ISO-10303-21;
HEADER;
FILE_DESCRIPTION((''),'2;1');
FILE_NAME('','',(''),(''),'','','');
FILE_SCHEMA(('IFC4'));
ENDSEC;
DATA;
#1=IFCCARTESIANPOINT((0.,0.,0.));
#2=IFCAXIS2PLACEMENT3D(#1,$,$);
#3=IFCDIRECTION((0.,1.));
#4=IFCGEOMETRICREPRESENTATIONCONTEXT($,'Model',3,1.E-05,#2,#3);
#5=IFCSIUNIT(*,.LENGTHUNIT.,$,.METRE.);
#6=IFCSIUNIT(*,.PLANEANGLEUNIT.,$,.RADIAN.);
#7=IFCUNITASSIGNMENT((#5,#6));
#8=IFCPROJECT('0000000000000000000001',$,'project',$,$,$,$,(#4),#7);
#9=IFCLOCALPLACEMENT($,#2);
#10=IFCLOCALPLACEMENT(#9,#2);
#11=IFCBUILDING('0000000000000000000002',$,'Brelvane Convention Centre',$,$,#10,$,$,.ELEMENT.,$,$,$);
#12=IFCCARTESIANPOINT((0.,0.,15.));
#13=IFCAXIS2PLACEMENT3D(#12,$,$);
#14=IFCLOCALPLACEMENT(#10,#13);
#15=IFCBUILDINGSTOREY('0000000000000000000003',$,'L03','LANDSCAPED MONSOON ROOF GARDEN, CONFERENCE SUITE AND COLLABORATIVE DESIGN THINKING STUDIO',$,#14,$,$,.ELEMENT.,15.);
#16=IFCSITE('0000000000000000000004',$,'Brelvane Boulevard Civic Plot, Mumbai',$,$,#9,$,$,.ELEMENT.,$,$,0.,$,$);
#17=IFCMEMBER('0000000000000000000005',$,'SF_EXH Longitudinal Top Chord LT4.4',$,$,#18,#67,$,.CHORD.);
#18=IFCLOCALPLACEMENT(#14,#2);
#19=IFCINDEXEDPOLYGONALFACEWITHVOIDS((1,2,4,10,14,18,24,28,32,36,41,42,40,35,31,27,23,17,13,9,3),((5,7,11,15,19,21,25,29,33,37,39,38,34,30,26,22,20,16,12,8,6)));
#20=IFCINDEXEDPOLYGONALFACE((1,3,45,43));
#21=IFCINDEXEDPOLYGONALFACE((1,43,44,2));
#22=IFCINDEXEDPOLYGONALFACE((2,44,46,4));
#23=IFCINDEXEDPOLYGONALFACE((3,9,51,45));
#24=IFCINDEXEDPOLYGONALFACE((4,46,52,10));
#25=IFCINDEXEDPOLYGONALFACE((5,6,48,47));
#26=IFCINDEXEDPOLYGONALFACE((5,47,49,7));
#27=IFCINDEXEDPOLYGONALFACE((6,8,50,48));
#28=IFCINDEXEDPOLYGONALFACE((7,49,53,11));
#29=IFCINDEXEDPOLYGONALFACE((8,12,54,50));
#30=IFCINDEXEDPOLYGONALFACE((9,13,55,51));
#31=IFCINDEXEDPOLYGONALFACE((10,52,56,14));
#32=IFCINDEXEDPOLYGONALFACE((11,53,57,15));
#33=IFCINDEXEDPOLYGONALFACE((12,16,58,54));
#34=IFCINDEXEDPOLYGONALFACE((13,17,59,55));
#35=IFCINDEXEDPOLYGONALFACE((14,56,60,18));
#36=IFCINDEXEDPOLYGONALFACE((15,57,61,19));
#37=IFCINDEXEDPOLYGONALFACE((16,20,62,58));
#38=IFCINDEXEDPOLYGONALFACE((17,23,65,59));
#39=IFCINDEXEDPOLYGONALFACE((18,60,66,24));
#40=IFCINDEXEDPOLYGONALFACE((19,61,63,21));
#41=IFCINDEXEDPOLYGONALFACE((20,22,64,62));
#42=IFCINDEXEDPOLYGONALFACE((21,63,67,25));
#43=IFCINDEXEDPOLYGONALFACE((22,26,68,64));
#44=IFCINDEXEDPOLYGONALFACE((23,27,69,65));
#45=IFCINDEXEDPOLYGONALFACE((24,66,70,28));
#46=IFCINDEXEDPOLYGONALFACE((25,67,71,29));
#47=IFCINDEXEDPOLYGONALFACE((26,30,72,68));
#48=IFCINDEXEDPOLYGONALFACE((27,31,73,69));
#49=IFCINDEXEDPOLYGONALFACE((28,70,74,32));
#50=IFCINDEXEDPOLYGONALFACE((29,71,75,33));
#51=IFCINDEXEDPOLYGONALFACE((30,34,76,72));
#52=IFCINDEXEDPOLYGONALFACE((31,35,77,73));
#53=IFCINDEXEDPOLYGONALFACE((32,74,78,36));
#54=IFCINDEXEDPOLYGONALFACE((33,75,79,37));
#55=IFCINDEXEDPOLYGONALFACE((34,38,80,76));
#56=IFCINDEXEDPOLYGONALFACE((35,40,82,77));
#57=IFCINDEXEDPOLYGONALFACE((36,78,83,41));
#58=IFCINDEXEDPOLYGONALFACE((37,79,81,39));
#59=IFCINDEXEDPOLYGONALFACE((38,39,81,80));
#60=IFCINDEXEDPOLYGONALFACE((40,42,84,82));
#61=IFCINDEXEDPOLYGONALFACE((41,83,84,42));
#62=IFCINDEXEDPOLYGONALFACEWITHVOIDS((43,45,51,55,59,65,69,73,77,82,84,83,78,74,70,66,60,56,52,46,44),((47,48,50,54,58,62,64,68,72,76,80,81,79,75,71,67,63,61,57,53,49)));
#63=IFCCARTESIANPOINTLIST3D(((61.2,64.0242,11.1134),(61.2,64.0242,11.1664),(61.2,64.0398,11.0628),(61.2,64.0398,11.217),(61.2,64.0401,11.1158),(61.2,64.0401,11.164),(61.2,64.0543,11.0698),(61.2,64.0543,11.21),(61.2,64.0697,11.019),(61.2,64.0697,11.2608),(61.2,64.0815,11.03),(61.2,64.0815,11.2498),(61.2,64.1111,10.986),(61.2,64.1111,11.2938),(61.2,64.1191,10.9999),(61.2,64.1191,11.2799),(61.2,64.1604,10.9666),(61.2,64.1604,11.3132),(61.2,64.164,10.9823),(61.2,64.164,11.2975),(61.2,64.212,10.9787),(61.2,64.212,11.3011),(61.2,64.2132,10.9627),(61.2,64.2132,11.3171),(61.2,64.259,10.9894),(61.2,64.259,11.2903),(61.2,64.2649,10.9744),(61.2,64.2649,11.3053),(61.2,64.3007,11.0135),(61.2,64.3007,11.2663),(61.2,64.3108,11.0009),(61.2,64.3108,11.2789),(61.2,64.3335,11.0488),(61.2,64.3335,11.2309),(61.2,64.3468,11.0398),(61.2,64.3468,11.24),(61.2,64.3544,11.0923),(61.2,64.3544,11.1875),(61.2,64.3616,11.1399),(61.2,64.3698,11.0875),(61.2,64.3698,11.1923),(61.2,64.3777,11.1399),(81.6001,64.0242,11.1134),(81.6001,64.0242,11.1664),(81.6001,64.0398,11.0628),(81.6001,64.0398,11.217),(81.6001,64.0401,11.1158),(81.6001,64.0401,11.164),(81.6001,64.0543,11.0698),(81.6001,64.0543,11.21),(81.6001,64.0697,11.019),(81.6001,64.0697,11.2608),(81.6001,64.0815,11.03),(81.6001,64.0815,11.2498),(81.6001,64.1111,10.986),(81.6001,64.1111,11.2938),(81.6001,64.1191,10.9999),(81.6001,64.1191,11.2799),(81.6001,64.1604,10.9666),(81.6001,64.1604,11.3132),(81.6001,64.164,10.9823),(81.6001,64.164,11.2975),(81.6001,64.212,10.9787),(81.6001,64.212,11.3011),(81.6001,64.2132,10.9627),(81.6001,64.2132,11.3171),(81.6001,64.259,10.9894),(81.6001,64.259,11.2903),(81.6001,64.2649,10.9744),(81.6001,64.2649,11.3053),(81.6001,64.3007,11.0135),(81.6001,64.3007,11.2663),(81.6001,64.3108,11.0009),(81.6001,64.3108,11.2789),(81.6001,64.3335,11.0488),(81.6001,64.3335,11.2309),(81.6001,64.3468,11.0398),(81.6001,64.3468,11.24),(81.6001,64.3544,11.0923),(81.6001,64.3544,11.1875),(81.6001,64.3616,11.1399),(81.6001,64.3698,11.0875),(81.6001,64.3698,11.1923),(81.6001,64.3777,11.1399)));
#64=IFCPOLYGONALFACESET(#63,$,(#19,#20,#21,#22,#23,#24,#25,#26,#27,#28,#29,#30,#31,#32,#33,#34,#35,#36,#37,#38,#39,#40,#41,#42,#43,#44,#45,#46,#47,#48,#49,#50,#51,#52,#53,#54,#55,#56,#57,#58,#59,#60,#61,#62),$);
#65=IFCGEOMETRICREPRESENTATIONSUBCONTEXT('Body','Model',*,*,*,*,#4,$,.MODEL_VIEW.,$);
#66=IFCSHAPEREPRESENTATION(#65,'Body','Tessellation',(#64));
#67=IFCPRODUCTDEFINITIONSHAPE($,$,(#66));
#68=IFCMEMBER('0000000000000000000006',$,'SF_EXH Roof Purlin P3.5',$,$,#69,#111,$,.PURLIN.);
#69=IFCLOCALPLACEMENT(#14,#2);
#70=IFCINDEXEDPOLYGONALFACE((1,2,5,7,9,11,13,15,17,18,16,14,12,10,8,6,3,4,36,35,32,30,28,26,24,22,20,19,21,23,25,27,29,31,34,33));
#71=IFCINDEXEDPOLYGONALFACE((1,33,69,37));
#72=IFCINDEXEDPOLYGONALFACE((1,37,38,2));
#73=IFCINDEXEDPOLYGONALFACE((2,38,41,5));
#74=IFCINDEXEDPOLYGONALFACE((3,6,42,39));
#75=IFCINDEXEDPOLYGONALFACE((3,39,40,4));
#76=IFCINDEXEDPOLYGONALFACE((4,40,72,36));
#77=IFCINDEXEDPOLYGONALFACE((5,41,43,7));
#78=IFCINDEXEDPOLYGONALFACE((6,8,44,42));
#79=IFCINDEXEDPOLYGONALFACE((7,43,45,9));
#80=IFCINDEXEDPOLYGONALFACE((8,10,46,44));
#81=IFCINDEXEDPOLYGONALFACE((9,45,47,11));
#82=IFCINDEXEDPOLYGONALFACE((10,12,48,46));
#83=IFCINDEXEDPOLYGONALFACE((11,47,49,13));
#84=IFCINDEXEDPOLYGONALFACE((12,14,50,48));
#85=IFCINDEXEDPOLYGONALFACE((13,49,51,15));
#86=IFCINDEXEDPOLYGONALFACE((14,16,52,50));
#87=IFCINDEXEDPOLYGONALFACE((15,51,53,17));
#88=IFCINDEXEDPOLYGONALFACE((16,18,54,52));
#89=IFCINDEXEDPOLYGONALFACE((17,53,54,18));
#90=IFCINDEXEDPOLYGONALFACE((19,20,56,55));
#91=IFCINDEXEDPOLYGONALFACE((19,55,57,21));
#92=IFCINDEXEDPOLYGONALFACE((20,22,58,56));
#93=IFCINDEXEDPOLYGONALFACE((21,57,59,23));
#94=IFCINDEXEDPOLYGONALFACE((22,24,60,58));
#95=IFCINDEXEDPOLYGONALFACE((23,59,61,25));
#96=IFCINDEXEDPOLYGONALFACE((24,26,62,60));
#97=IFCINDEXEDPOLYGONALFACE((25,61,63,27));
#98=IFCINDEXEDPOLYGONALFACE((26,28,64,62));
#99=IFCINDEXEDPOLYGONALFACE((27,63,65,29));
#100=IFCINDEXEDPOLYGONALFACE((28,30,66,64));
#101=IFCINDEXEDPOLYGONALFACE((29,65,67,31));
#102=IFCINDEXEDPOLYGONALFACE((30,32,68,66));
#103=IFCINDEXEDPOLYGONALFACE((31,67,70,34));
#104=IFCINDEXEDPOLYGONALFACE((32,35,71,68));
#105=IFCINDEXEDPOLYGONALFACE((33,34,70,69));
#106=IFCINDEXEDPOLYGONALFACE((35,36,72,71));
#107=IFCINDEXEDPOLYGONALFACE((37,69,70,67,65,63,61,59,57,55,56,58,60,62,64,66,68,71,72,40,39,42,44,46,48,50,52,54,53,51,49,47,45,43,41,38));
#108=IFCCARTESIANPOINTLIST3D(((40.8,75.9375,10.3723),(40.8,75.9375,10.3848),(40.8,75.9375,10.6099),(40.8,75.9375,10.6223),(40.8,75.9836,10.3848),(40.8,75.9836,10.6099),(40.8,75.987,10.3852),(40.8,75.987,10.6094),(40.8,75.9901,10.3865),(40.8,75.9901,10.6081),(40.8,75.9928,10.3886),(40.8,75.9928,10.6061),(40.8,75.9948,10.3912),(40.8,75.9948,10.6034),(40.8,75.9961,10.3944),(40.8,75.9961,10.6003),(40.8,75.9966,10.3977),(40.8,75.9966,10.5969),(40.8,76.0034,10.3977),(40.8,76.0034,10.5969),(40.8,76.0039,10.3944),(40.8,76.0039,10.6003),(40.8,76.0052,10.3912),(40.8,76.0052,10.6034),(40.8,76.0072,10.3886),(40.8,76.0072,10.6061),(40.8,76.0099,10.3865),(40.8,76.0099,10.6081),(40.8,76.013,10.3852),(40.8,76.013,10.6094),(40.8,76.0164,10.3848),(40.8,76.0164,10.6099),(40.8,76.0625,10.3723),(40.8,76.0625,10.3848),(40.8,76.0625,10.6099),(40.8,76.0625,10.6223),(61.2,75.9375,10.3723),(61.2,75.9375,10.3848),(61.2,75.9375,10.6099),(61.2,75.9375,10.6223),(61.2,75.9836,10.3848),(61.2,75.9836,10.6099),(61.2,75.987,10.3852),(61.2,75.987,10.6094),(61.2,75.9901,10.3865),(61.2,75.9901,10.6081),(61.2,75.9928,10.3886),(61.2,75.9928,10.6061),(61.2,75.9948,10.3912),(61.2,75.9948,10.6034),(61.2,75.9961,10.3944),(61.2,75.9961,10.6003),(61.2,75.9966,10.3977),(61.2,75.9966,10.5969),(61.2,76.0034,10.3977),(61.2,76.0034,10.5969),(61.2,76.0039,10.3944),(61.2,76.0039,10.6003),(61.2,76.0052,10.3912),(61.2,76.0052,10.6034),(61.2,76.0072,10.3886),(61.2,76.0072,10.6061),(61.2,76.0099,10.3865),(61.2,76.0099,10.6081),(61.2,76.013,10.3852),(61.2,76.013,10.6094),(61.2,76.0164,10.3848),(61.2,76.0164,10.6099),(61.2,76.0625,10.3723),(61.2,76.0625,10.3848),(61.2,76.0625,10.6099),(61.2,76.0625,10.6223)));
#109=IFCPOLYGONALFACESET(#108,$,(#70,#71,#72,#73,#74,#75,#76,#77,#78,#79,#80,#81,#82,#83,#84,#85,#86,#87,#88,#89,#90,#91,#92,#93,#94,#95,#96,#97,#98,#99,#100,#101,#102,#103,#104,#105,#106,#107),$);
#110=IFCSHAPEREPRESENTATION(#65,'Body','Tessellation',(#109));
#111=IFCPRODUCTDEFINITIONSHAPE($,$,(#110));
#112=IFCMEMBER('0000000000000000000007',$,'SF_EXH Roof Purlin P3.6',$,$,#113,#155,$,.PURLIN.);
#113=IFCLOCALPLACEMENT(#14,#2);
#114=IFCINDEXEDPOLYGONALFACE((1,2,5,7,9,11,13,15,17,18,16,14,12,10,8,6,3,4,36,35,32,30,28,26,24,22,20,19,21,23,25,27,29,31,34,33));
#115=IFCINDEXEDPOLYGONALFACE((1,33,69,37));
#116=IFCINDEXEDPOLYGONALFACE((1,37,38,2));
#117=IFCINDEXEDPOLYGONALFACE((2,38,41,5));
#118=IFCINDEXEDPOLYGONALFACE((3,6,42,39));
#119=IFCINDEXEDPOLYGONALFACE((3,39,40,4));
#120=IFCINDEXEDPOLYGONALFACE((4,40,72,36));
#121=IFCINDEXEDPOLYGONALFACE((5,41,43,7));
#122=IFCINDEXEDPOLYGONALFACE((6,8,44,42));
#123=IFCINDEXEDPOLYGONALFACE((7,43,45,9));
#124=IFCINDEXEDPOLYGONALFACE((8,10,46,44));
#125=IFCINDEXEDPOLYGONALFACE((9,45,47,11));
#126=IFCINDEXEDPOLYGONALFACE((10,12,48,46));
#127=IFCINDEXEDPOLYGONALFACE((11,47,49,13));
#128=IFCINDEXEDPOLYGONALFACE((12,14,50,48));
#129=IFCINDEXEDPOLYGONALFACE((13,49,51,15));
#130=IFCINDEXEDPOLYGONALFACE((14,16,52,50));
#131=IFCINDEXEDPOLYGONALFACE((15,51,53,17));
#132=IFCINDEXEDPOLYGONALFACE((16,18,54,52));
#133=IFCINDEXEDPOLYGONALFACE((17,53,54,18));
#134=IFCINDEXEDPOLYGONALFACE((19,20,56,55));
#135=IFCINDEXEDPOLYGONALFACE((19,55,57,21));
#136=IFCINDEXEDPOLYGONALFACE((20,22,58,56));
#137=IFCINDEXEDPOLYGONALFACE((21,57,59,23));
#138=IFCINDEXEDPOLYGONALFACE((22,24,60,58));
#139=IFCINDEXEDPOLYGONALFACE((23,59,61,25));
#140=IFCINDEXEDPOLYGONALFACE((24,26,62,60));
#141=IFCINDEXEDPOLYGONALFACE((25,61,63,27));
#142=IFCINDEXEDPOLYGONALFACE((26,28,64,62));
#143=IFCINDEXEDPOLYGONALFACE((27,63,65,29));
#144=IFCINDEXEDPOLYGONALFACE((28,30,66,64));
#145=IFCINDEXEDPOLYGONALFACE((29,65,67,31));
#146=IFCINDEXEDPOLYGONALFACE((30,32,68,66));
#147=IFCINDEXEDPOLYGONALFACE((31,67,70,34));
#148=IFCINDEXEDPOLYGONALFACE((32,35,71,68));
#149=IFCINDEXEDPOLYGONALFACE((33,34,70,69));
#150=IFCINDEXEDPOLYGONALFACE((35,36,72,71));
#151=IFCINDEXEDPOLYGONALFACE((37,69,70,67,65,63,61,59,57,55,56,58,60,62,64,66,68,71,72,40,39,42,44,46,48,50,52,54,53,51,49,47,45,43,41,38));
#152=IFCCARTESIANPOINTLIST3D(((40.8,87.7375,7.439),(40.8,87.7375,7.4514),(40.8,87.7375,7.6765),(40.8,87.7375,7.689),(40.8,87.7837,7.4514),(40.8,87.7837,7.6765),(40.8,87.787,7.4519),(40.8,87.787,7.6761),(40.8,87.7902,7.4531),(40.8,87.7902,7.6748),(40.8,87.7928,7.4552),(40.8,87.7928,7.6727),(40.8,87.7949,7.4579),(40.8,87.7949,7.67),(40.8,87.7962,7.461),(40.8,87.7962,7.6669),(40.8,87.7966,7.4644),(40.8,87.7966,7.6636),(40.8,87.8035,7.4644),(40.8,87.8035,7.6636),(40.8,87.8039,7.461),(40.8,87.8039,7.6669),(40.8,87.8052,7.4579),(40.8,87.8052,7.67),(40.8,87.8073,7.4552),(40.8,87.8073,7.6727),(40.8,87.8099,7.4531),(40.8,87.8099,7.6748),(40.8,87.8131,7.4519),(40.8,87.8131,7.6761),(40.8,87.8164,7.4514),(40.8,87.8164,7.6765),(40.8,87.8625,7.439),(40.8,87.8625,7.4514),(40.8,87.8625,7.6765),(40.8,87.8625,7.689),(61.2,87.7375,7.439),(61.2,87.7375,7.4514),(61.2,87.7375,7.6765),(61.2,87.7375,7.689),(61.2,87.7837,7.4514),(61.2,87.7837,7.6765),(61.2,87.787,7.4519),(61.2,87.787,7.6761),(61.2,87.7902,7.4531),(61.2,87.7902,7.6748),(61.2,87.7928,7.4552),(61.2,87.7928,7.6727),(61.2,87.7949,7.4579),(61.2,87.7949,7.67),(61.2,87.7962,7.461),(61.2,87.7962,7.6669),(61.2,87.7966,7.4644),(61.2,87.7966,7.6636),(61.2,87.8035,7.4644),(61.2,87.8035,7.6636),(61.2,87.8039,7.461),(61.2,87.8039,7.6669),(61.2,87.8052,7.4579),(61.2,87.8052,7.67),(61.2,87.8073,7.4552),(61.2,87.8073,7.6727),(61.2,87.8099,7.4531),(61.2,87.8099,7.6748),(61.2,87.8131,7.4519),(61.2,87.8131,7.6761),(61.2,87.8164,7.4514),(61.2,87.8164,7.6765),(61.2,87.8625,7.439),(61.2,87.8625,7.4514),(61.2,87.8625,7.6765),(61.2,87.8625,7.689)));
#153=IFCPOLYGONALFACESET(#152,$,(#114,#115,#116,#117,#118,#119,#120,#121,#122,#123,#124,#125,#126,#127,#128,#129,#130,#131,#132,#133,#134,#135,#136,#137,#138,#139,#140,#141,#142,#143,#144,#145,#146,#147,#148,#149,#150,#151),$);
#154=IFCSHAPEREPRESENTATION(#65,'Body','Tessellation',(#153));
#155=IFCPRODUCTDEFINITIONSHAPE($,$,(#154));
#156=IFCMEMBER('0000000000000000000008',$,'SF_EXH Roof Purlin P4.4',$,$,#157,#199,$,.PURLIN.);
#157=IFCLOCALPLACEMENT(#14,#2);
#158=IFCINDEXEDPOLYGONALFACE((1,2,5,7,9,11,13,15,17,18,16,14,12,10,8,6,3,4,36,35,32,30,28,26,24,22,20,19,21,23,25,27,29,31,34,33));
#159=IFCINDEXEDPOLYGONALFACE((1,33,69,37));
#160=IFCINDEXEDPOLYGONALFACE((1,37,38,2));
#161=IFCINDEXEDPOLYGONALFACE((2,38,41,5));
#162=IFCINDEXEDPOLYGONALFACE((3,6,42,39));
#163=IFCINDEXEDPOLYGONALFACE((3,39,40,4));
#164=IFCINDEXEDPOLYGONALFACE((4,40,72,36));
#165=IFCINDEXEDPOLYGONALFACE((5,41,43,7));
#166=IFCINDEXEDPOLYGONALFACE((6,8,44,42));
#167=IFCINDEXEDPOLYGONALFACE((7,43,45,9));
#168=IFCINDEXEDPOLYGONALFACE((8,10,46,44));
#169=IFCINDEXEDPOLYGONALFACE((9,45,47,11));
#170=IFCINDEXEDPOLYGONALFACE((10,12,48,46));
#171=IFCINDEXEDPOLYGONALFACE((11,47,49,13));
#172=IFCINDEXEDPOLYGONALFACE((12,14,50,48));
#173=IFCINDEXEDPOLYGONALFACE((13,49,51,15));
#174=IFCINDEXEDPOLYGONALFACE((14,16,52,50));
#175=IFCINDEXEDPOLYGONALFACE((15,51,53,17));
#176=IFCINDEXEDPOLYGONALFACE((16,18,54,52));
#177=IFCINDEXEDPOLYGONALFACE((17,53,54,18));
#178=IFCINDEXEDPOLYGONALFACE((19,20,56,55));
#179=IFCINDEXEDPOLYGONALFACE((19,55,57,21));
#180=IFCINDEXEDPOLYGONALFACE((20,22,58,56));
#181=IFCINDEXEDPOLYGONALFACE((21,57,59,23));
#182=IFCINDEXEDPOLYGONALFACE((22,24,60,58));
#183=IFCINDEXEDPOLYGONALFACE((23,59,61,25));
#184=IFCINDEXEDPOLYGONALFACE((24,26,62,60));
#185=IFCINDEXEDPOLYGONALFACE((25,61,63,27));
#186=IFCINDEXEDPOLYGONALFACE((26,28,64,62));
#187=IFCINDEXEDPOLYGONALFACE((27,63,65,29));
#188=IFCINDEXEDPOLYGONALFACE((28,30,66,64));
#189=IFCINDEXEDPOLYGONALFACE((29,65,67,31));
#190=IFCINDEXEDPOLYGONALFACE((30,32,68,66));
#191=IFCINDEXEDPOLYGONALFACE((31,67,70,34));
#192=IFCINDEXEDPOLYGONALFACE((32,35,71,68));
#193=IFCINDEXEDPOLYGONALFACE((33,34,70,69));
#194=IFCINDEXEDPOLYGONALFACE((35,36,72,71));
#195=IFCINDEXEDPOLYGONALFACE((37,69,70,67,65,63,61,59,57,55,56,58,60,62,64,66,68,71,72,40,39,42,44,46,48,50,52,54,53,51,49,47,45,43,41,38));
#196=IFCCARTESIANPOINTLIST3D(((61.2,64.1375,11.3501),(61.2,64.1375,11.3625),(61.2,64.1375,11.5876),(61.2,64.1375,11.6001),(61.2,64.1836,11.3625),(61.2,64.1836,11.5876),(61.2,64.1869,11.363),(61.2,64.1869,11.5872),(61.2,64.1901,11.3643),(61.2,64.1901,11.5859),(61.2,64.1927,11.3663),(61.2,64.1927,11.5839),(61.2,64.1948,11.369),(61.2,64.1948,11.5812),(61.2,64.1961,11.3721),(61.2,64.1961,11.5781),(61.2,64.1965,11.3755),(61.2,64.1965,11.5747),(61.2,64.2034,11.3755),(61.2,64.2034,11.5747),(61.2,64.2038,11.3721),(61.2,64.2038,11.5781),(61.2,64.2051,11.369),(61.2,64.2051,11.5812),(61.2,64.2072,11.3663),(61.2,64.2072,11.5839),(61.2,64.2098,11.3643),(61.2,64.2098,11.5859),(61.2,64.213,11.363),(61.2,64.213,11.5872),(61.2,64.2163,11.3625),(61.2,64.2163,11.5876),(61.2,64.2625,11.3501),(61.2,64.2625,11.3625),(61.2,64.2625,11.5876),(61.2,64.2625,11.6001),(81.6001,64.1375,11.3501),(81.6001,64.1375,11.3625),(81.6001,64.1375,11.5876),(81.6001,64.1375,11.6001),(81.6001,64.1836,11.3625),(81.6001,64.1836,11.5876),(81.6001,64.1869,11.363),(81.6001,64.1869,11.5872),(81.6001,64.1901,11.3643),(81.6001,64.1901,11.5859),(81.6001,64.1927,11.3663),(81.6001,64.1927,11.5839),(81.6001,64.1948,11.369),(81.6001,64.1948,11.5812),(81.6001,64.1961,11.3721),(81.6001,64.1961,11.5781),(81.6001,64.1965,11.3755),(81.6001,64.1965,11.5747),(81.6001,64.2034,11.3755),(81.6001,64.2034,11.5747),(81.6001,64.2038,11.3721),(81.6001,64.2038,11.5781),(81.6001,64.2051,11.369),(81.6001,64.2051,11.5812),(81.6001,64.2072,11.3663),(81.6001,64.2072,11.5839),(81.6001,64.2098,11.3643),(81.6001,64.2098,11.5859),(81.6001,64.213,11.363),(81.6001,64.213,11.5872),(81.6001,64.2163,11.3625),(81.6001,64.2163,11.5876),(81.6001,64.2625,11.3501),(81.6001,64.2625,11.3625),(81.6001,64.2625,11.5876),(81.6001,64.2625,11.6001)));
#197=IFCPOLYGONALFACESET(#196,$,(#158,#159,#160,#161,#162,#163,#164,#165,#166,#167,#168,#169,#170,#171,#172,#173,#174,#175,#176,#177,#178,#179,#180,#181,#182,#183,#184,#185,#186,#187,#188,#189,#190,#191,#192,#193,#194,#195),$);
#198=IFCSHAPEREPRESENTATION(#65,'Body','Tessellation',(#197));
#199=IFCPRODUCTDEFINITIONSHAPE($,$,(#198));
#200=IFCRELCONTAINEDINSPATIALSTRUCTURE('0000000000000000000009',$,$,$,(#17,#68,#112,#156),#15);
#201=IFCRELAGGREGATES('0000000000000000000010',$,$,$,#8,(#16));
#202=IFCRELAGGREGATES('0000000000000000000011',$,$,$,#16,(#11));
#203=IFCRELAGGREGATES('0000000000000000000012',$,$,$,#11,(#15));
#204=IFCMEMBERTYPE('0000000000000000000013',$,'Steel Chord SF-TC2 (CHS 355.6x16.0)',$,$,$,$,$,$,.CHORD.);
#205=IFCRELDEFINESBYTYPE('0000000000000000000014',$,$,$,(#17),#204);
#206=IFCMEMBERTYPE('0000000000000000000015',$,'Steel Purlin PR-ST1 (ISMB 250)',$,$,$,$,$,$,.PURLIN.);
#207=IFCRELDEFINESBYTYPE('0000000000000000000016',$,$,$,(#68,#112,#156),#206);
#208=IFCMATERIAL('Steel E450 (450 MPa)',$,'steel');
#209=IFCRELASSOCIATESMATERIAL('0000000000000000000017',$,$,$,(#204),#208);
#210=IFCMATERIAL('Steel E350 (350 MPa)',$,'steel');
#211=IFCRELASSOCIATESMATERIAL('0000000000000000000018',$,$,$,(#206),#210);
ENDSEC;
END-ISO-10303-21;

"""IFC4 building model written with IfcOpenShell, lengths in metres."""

from ifc_helpers import new_model, si_unit, direction, frame, origin, origin_2d, place, context, subcontext, project, spatial, hollow_circle, i_section, extrude, material, material_profile, profile_set, type_object, element, save


model = new_model("IFC4")

# Units and contexts
model_context = context("Model", 3, precision=1e-05, world=origin(), true_north=direction((0.0, 1.0)))
body_context = subcontext(model_context, "Body", "Model", "MODEL_VIEW")
ifc_project = project(units=[si_unit("LENGTHUNIT", "METRE"), si_unit("PLANEANGLEUNIT", "RADIAN")], contexts=[model_context])

# Site, building, storey
site_placement = place(None, origin())
site = spatial("IfcSite", under=ifc_project, at=site_placement, Name="Brelvane Boulevard Civic Plot, Mumbai", CompositionType="ELEMENT", RefElevation=0.0)
building_placement = place(site_placement, origin())
building = spatial("IfcBuilding", under=site, at=building_placement, Name="Brelvane Convention Centre", CompositionType="ELEMENT")
storey_placement = place(building_placement, frame((0.0, 0.0, 15.0)))
storey = spatial("IfcBuildingStorey", under=building, at=storey_placement, Name="L03", Description="LANDSCAPED MONSOON ROOF GARDEN, CONFERENCE SUITE AND COLLABORATIVE DESIGN THINKING STUDIO", CompositionType="ELEMENT", Elevation=15.0)

# Members
ifc_material_1 = material(Name="Steel E450 (450 MPa)", Category="steel")
ifc_material_profile_1 = material_profile(ifc_material_1, hollow_circle(Radius=0.1777, WallThickness=0.0161, at=origin_2d()), Name="CHS 355.6x16.0")
ifc_profile_set_1 = profile_set([ifc_material_profile_1], Name="Steel E450 (450 MPa)")
member_type_1 = type_object("IfcMemberType", Name="Steel Chord SF-TC2 (CHS 355.6x16.0)", PredefinedType="CHORD", material=ifc_profile_set_1)
member_1_placement = place(storey_placement, frame((61.2, 64.2, 11.1399), z_axis=(1.0, 0.0, 0.0), x_axis=(0.0, 1.0, 0.0)))
element("IfcMember", 1, at=member_1_placement, inside=storey, type_object=member_type_1, Name="SF_EXH Longitudinal Top Chord LT4.4", PredefinedType="CHORD", context=body_context, shape_type="SweptSolid", body=[
    extrude(hollow_circle(Radius=0.1777, WallThickness=0.0161, at=origin_2d()), origin(), (0.0, 0.0, 1.0), 20.4001),
])
ifc_material_2 = material(Name="Steel E350 (350 MPa)", Category="steel")
ifc_material_profile_2 = material_profile(ifc_material_2, i_section(OverallWidth=0.125, OverallDepth=0.25, WebThickness=0.0068, FlangeThickness=0.0125, FilletRadius=0.0129, at=origin_2d()), Name="ISMB 250")
ifc_profile_set_2 = profile_set([ifc_material_profile_2], Name="Steel E350 (350 MPa)")
member_type_2 = type_object("IfcMemberType", Name="Steel Purlin PR-ST1 (ISMB 250)", PredefinedType="PURLIN", material=ifc_profile_set_2)
for number, where, z_axis, x_axis, name in (
    (2, (40.8, 76.0, 10.4973), (1.0, 0.0, 0.0), (0.0, 1.0, 0.0), "SF_EXH Roof Purlin P3.5"),
    (3, (40.8, 87.8, 7.564), (1.0, 0.0, 0.0), (0.0, 1.0, 0.0), "SF_EXH Roof Purlin P3.6"),
):
    element("IfcMember", number, at=place(storey_placement, frame(where, z_axis=z_axis, x_axis=x_axis)), inside=storey, type_object=member_type_2, Name=name, PredefinedType="PURLIN", context=body_context, shape_type="SweptSolid", body=[
        extrude(i_section(OverallWidth=0.125, OverallDepth=0.25, WebThickness=0.0068, FlangeThickness=0.0125, FilletRadius=0.0129, at=origin_2d()), origin(), (0.0, 0.0, 1.0), 20.3999),
    ])
member_2_placement = place(storey_placement, frame((61.2, 64.2, 11.4751), z_axis=(1.0, 0.0, 0.0), x_axis=(0.0, 1.0, 0.0)))
element("IfcMember", 4, at=member_2_placement, inside=storey, type_object=member_type_2, Name="SF_EXH Roof Purlin P4.4", PredefinedType="PURLIN", context=body_context, shape_type="SweptSolid", body=[
    extrude(i_section(OverallWidth=0.125, OverallDepth=0.25, WebThickness=0.0068, FlangeThickness=0.0125, FilletRadius=0.0129, at=origin_2d()), origin(), (0.0, 0.0, 1.0), 20.4001),
])

save(model, "model.ifc")
